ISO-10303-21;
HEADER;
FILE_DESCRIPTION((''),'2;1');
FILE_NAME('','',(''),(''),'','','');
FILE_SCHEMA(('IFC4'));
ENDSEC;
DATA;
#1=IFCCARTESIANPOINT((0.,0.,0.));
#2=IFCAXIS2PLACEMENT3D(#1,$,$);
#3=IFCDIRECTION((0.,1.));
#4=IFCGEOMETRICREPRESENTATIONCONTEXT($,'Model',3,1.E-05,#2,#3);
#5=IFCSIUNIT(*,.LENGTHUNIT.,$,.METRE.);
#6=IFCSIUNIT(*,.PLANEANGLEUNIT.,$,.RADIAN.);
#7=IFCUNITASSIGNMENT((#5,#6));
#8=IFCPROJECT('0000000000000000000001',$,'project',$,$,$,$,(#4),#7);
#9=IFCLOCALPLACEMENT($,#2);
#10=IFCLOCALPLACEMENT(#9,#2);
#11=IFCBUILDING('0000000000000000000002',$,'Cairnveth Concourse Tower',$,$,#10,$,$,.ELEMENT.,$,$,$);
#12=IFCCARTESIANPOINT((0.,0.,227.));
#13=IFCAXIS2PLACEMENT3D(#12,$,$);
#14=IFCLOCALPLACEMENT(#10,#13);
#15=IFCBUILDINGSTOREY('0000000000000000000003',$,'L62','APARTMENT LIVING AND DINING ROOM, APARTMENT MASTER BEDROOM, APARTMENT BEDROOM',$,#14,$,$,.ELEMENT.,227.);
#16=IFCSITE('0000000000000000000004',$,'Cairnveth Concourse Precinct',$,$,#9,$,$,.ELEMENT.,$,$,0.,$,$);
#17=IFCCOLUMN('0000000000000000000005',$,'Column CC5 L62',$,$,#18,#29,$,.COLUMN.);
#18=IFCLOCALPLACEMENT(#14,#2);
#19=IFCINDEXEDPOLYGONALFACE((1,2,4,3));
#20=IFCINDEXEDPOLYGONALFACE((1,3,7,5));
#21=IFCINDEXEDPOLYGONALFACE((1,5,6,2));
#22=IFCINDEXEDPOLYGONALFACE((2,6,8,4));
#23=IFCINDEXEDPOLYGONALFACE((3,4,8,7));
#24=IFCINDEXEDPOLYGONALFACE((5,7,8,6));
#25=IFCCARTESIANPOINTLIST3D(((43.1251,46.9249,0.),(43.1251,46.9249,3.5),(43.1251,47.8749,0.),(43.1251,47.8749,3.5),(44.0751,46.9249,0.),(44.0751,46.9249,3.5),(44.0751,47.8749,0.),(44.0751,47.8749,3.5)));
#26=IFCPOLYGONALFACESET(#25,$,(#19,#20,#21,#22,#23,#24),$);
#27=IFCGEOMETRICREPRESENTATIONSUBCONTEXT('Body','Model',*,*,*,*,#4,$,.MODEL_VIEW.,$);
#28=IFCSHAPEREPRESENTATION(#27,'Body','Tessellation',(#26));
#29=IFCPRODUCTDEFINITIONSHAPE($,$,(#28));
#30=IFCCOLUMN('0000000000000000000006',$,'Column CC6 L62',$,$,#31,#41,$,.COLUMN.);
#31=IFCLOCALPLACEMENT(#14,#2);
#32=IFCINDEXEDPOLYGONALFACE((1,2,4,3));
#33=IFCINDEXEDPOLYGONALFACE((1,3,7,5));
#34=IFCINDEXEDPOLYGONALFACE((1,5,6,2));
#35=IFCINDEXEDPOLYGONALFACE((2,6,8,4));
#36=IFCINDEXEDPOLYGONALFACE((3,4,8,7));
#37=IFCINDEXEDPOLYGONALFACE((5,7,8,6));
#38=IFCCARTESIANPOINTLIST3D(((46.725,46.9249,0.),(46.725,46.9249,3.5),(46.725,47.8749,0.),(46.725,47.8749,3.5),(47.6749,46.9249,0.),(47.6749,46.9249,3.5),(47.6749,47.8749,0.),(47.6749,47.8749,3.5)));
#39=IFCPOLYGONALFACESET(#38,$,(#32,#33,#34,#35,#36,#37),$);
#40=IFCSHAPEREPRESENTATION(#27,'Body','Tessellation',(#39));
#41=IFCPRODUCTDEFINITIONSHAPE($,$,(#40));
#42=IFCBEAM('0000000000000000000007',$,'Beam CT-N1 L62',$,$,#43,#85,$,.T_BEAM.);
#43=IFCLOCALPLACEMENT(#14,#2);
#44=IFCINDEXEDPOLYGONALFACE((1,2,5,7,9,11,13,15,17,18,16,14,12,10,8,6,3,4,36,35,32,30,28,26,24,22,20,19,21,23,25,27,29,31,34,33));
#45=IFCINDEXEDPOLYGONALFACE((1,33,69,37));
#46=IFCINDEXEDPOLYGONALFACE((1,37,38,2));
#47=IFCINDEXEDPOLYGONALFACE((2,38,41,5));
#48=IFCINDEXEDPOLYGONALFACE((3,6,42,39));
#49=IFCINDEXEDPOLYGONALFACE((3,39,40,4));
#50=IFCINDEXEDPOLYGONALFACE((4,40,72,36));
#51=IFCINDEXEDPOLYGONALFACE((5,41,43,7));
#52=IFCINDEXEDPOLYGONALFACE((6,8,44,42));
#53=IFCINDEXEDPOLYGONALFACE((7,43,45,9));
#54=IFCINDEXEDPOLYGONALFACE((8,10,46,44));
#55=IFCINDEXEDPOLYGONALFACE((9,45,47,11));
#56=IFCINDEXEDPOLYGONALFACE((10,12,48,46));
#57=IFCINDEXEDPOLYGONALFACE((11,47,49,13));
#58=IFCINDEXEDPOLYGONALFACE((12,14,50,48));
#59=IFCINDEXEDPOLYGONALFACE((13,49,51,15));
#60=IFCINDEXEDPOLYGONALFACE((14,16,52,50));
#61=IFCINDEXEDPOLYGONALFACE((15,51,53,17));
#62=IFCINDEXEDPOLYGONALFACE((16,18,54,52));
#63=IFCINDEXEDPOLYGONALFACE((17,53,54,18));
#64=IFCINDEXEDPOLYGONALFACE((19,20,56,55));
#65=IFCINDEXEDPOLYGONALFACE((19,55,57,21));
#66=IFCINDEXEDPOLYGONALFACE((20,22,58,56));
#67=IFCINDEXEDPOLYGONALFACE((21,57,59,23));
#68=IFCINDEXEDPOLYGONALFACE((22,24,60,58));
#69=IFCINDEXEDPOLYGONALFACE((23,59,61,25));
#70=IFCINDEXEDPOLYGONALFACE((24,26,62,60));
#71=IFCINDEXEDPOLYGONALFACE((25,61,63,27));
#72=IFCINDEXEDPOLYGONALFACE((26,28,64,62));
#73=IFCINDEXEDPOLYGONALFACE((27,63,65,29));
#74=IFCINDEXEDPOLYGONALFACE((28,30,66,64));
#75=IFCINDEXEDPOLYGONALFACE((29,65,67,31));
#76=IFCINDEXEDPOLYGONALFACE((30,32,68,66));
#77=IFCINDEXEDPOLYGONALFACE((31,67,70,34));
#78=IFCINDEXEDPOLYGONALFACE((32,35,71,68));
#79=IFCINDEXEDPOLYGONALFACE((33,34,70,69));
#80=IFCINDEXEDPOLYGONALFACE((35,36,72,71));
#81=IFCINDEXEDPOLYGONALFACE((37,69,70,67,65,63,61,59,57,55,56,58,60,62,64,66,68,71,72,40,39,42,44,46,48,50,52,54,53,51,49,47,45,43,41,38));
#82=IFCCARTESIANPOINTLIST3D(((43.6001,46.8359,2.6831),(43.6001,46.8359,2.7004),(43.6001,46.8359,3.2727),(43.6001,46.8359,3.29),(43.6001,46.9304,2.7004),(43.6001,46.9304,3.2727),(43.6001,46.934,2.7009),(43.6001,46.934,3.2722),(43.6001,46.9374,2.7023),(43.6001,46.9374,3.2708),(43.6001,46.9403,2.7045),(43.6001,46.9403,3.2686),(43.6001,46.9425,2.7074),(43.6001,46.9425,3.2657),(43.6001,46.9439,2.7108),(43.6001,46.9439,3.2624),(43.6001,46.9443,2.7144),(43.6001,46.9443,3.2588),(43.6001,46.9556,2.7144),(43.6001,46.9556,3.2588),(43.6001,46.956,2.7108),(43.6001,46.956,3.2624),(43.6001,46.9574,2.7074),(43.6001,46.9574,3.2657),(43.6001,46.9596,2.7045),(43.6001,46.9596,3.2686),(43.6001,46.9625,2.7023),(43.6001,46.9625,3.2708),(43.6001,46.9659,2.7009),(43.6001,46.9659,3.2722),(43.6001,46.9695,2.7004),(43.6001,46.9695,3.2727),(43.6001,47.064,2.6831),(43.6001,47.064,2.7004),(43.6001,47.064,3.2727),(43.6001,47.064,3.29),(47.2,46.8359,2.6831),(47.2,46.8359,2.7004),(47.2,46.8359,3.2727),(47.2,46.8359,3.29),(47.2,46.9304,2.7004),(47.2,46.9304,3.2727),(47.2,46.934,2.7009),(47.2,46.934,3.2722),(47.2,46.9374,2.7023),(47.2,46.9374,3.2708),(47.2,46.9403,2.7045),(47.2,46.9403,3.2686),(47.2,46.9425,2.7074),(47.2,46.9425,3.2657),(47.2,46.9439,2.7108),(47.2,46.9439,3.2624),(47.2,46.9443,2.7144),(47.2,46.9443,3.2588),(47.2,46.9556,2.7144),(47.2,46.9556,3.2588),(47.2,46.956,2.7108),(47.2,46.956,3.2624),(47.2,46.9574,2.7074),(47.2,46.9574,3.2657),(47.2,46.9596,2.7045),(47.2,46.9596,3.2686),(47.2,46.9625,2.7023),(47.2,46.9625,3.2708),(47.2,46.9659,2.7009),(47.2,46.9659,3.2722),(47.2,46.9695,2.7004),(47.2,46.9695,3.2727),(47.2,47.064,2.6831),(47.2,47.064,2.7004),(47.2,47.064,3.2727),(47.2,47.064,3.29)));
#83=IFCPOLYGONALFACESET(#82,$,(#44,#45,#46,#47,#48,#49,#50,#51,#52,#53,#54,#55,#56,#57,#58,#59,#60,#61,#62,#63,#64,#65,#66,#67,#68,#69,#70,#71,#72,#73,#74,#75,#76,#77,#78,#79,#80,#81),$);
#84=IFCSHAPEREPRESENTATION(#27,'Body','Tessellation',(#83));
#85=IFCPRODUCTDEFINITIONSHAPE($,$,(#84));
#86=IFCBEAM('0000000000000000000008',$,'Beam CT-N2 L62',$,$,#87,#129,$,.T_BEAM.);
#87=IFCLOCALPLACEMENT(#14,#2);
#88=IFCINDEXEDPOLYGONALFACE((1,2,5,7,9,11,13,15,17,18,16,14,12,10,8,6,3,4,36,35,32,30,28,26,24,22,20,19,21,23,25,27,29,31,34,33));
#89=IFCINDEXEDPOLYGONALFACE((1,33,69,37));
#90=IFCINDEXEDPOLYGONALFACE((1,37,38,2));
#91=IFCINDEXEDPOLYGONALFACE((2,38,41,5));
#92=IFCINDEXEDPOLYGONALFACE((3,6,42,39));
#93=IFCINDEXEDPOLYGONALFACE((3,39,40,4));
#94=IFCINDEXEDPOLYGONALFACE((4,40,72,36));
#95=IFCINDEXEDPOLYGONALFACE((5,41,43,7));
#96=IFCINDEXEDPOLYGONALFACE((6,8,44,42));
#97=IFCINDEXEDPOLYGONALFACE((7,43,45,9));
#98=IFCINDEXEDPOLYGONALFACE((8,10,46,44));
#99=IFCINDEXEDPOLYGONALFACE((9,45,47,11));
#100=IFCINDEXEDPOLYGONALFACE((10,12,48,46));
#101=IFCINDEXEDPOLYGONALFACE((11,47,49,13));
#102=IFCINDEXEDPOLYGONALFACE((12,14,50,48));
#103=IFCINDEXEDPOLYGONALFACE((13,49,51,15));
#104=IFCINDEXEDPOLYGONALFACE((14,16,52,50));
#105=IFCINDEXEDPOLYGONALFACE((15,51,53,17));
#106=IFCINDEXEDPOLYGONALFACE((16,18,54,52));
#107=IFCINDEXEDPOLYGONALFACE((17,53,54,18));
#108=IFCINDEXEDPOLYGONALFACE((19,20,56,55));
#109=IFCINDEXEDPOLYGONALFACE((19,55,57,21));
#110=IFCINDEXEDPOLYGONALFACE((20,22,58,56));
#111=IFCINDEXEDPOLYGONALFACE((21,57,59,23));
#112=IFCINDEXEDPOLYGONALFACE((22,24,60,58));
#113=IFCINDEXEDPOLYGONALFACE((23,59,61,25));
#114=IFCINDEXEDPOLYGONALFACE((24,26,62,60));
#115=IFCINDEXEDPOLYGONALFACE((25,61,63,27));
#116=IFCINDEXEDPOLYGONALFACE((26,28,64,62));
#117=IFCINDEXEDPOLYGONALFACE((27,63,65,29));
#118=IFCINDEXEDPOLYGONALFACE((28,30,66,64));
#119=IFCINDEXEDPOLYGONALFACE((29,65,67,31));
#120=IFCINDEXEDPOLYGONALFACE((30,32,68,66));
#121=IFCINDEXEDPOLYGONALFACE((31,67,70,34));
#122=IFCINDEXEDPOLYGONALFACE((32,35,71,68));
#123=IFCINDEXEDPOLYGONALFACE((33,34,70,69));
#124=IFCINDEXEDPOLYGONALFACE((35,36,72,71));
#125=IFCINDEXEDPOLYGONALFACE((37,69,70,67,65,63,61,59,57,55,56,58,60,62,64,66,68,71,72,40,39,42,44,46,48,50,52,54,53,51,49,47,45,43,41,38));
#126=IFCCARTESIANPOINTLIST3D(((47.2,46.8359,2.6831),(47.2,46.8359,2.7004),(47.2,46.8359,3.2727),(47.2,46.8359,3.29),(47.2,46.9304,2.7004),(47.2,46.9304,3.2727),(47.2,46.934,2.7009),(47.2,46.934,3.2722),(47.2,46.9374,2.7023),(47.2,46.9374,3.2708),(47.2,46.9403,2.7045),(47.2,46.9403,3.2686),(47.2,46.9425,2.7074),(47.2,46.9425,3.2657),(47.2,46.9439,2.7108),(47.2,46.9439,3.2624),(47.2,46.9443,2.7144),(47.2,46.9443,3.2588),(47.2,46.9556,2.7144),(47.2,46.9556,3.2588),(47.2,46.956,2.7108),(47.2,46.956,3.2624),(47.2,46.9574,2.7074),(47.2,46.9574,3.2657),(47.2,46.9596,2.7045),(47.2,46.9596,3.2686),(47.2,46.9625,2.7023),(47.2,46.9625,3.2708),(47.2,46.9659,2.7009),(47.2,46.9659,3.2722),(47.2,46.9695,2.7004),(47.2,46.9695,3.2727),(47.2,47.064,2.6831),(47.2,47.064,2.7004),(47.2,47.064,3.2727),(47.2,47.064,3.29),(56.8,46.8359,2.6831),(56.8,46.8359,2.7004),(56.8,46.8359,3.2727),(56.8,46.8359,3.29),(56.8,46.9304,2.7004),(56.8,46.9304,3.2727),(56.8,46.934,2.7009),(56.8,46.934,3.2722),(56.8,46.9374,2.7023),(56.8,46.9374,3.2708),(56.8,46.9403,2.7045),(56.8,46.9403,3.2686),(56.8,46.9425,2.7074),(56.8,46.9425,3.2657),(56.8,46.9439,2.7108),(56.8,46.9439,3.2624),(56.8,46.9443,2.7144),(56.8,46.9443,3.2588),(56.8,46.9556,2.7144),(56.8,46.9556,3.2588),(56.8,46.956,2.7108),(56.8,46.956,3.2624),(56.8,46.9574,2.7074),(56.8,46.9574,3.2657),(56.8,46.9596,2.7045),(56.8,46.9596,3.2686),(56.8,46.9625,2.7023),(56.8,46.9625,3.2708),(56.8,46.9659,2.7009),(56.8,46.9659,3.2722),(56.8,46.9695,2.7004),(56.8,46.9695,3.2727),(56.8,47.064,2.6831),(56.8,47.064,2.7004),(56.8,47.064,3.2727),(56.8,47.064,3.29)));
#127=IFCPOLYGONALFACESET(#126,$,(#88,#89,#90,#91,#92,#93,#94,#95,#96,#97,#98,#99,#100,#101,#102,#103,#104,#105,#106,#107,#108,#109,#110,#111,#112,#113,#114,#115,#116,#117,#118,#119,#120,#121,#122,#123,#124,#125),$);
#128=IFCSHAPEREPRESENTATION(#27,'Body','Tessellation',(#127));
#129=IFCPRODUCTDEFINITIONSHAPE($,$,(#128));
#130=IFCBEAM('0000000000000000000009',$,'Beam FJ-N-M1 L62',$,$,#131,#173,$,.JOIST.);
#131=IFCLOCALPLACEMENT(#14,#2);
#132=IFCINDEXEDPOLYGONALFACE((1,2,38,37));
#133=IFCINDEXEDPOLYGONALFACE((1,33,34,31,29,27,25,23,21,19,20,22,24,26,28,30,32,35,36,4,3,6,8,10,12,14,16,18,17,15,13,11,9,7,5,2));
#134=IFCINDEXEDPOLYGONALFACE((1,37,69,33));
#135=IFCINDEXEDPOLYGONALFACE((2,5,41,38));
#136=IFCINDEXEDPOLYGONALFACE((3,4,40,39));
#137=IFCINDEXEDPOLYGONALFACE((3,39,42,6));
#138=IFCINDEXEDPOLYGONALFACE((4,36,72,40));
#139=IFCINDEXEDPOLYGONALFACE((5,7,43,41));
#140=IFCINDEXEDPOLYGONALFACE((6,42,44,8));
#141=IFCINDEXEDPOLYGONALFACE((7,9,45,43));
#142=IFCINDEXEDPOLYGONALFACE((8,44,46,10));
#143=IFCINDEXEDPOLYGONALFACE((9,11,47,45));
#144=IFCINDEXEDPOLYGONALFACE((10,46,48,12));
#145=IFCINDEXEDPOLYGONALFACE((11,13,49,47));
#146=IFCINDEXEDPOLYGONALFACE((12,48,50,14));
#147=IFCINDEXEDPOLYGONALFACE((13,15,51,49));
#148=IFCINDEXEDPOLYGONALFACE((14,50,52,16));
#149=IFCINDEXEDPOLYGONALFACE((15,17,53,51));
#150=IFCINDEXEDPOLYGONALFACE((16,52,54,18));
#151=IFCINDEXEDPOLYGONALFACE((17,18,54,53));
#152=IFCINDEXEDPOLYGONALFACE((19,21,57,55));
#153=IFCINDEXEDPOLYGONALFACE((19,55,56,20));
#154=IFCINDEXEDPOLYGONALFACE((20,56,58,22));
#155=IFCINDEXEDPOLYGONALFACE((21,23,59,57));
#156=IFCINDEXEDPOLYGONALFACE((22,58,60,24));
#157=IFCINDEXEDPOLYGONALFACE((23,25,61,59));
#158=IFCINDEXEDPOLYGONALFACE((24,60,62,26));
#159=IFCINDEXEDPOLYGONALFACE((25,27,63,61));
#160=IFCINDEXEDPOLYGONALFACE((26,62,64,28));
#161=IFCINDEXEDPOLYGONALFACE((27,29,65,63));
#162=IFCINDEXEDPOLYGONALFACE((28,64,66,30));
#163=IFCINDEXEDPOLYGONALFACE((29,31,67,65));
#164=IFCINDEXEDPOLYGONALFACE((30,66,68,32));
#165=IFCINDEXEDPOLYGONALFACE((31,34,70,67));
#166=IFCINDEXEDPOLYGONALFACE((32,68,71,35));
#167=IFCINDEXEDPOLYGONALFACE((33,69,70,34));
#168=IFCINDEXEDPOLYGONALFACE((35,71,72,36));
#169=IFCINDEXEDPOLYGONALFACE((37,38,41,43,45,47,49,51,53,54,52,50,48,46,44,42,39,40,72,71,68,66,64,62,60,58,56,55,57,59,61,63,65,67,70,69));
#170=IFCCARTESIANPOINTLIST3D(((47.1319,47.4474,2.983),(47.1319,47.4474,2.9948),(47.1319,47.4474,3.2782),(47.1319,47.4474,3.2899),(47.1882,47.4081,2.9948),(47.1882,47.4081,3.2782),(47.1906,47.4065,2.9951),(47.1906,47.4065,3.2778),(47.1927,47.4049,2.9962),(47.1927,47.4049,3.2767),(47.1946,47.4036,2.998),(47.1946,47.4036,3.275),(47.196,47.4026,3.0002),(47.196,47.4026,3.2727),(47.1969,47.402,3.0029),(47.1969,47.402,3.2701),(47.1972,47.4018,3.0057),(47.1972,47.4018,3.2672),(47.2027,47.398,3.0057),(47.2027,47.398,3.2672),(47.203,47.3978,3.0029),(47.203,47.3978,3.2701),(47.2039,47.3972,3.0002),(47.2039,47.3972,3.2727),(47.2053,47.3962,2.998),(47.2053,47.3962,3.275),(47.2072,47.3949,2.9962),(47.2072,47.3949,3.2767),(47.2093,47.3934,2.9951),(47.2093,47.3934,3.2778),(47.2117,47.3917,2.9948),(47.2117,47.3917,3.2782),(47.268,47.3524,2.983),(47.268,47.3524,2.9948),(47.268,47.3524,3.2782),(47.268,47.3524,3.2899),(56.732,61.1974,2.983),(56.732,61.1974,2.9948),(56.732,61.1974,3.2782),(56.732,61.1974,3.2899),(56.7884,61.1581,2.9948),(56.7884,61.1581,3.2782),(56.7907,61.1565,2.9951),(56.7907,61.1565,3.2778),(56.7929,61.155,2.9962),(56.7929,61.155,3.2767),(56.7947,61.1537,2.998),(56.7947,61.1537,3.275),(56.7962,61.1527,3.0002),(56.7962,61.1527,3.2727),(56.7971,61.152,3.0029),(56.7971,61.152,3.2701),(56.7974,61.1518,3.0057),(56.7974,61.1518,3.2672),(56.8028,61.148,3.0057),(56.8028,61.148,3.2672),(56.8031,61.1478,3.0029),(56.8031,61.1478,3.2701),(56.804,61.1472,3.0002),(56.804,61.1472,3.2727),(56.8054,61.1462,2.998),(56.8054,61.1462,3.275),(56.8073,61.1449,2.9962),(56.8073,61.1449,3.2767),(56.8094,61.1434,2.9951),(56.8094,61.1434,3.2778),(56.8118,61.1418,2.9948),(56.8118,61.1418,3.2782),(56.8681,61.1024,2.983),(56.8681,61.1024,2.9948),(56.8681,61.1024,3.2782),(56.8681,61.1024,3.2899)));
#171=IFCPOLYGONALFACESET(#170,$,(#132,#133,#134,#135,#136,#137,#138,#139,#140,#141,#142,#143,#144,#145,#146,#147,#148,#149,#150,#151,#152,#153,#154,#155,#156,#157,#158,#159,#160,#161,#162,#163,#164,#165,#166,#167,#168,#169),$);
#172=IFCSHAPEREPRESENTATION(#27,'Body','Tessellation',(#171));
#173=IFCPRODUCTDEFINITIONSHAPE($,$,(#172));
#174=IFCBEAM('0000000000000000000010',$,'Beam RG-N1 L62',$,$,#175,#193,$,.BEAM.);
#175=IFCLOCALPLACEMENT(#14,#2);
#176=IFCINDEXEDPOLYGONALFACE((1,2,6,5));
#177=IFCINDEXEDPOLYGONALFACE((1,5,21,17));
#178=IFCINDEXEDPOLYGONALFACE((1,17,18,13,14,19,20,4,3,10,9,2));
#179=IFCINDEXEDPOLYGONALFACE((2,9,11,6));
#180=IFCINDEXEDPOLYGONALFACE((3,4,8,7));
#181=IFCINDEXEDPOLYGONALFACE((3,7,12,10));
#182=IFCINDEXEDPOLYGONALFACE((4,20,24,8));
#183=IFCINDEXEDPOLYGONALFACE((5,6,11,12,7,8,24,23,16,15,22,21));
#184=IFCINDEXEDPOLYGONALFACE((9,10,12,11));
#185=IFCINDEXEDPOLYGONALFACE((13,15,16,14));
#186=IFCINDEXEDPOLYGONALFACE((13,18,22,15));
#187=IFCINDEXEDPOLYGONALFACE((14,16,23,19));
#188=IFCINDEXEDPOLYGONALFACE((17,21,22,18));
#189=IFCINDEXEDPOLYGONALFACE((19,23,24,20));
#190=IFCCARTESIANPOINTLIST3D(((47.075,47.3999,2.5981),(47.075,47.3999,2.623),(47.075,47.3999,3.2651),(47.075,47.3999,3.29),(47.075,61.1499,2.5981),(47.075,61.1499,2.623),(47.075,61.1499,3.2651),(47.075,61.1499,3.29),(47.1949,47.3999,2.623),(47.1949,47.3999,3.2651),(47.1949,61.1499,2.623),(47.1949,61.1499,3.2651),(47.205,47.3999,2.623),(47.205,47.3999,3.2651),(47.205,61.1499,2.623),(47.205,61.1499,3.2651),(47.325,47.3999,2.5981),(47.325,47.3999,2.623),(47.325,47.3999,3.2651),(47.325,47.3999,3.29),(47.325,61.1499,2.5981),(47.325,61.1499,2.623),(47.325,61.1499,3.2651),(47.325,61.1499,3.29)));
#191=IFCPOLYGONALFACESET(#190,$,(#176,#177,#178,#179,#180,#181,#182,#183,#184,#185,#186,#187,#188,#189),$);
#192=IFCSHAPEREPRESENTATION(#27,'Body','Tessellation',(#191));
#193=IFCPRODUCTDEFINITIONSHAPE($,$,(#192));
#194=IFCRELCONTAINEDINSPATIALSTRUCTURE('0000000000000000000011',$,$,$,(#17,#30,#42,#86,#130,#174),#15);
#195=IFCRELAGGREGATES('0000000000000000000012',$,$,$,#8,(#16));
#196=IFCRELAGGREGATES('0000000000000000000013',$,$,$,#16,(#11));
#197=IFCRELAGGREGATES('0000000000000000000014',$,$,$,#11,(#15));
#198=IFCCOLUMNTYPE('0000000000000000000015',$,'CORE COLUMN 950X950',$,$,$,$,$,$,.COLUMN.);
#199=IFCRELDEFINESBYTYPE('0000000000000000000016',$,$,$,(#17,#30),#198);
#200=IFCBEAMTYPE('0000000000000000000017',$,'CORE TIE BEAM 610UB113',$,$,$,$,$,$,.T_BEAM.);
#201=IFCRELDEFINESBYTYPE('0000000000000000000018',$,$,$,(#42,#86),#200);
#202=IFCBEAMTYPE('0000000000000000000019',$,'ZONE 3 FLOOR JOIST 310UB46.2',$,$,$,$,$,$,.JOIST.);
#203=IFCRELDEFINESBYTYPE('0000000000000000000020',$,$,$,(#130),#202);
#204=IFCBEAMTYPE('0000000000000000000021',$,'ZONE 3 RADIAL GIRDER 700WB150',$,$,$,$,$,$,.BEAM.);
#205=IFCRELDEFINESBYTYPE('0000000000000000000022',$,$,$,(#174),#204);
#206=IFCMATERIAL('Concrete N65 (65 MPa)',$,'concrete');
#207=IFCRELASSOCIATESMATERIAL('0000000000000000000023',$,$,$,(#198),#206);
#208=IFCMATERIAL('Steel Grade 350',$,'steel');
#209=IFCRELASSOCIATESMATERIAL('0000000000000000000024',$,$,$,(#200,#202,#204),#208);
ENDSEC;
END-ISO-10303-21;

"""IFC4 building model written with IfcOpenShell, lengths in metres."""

from ifc_helpers import new_model, si_unit, direction, frame, origin, origin_2d, place, context, subcontext, project, spatial, rectangle, i_section, extrude, material, material_profile, profile_set, type_object, element, save


model = new_model("IFC4")

# Units and contexts
model_context = context("Model", 3, precision=1e-05, world=origin(), true_north=direction((0.0, 1.0)))
body_context = subcontext(model_context, "Body", "Model", "MODEL_VIEW")
ifc_project = project(units=[si_unit("LENGTHUNIT", "METRE"), si_unit("PLANEANGLEUNIT", "RADIAN")], contexts=[model_context])

# Site, building, storey
site_placement = place(None, origin())
site = spatial("IfcSite", under=ifc_project, at=site_placement, Name="Cairnveth Concourse Precinct", CompositionType="ELEMENT", RefElevation=0.0)
building_placement = place(site_placement, origin())
building = spatial("IfcBuilding", under=site, at=building_placement, Name="Cairnveth Concourse Tower", CompositionType="ELEMENT")
storey_placement = place(building_placement, frame((0.0, 0.0, 227.0)))
storey = spatial("IfcBuildingStorey", under=building, at=storey_placement, Name="L62", Description="APARTMENT LIVING AND DINING ROOM, APARTMENT MASTER BEDROOM, APARTMENT BEDROOM", CompositionType="ELEMENT", Elevation=227.0)

# Columns
ifc_material_1 = material(Name="Concrete N65 (65 MPa)", Category="concrete")
ifc_material_profile_1 = material_profile(ifc_material_1, rectangle(XDim=0.95, YDim=0.95, at=origin_2d()), Name="RC-COL-950x950")
ifc_profile_set_1 = profile_set([ifc_material_profile_1], Name="Concrete N65 (65 MPa)")
column_type = type_object("IfcColumnType", Name="CORE COLUMN 950X950", PredefinedType="COLUMN", material=ifc_profile_set_1)
for number, where, z_axis, x_axis, name in (
    (1, (43.6001, 47.3999, 0.0), (0.0, 0.0, 1.0), (1.0, 0.0, 0.0), "Column CC5 L62"),
    (2, (47.2, 47.3999, 0.0), (0.0, 0.0, 1.0), (1.0, 0.0, 0.0), "Column CC6 L62"),
):
    element("IfcColumn", number, at=place(storey_placement, frame(where, z_axis=z_axis, x_axis=x_axis)), inside=storey, type_object=column_type, Name=name, PredefinedType="COLUMN", context=body_context, shape_type="SweptSolid", body=[
        extrude(rectangle(XDim=0.95, YDim=0.95, at=origin_2d()), origin(), (0.0, 0.0, 1.0), 3.5),
    ])

# Beams
ifc_material_2 = material(Name="Steel Grade 350", Category="steel")
ifc_material_profile_2 = material_profile(ifc_material_2, i_section(OverallWidth=0.228, OverallDepth=0.6069, WebThickness=0.0112, FlangeThickness=0.0173, FilletRadius=0.0139, at=origin_2d()), Name="610UB113")
ifc_profile_set_2 = profile_set([ifc_material_profile_2], Name="Steel Grade 350")
beam_type_1 = type_object("IfcBeamType", Name="CORE TIE BEAM 610UB113", PredefinedType="T_BEAM", material=ifc_profile_set_2)
beam_1_placement = place(storey_placement, frame((43.6001, 46.95, 2.9866), z_axis=(1.0, 0.0, 0.0), x_axis=(0.0, 1.0, 0.0)))
element("IfcBeam", 3, at=beam_1_placement, inside=storey, type_object=beam_type_1, Name="Beam CT-N1 L62", PredefinedType="T_BEAM", context=body_context, shape_type="SweptSolid", body=[
    extrude(i_section(OverallWidth=0.228, OverallDepth=0.6069, WebThickness=0.0112, FlangeThickness=0.0173, FilletRadius=0.0139, at=origin_2d()), origin(), (0.0, 0.0, 1.0), 3.5999),
])
beam_2_placement = place(storey_placement, frame((47.2, 46.95, 2.9866), z_axis=(1.0, 0.0, 0.0), x_axis=(0.0, 1.0, 0.0)))
element("IfcBeam", 4, at=beam_2_placement, inside=storey, type_object=beam_type_1, Name="Beam CT-N2 L62", PredefinedType="T_BEAM", context=body_context, shape_type="SweptSolid", body=[
    extrude(i_section(OverallWidth=0.228, OverallDepth=0.6069, WebThickness=0.0112, FlangeThickness=0.0173, FilletRadius=0.0139, at=origin_2d()), origin(), (0.0, 0.0, 1.0), 9.6001),
])
ifc_material_profile_3 = material_profile(ifc_material_2, i_section(OverallWidth=0.166, OverallDepth=0.3069, WebThickness=0.0066, FlangeThickness=0.0117, FilletRadius=0.011, at=origin_2d()), Name="310UB46.2")
ifc_profile_set_3 = profile_set([ifc_material_profile_3], Name="Steel Grade 350")
beam_type_2 = type_object("IfcBeamType", Name="ZONE 3 FLOOR JOIST 310UB46.2", PredefinedType="JOIST", material=ifc_profile_set_3)
beam_3_placement = place(storey_placement, frame((47.2, 47.3999, 3.1365), z_axis=(0.572465, 0.819929, 0.0), x_axis=(-0.819929, 0.572465, 0.0)))
element("IfcBeam", 5, at=beam_3_placement, inside=storey, type_object=beam_type_2, Name="Beam FJ-N-M1 L62", PredefinedType="JOIST", context=body_context, shape_type="SweptSolid", body=[
    extrude(i_section(OverallWidth=0.166, OverallDepth=0.3069, WebThickness=0.0066, FlangeThickness=0.0117, FilletRadius=0.011, at=origin_2d()), origin(), (0.0, 0.0, 1.0), 16.7698),
])
ifc_material_profile_4 = material_profile(ifc_material_2, i_section(OverallWidth=0.25, OverallDepth=0.6919, WebThickness=0.01, FlangeThickness=0.0249, at=origin_2d()), Name="700WB150")
ifc_profile_set_4 = profile_set([ifc_material_profile_4], Name="Steel Grade 350")
beam_type_3 = type_object("IfcBeamType", Name="ZONE 3 RADIAL GIRDER 700WB150", PredefinedType="BEAM", material=ifc_profile_set_4)
beam_4_placement = place(storey_placement, frame((47.2, 47.3999, 2.9441), z_axis=(0.0, 1.0, 0.0), x_axis=(-1.0, 0.0, 0.0)))
element("IfcBeam", 6, at=beam_4_placement, inside=storey, type_object=beam_type_3, Name="Beam RG-N1 L62", PredefinedType="BEAM", context=body_context, shape_type="SweptSolid", body=[
    extrude(i_section(OverallWidth=0.25, OverallDepth=0.6919, WebThickness=0.01, FlangeThickness=0.0249, at=origin_2d()), origin(), (0.0, 0.0, 1.0), 13.75),
])

save(model, "model.ifc")
